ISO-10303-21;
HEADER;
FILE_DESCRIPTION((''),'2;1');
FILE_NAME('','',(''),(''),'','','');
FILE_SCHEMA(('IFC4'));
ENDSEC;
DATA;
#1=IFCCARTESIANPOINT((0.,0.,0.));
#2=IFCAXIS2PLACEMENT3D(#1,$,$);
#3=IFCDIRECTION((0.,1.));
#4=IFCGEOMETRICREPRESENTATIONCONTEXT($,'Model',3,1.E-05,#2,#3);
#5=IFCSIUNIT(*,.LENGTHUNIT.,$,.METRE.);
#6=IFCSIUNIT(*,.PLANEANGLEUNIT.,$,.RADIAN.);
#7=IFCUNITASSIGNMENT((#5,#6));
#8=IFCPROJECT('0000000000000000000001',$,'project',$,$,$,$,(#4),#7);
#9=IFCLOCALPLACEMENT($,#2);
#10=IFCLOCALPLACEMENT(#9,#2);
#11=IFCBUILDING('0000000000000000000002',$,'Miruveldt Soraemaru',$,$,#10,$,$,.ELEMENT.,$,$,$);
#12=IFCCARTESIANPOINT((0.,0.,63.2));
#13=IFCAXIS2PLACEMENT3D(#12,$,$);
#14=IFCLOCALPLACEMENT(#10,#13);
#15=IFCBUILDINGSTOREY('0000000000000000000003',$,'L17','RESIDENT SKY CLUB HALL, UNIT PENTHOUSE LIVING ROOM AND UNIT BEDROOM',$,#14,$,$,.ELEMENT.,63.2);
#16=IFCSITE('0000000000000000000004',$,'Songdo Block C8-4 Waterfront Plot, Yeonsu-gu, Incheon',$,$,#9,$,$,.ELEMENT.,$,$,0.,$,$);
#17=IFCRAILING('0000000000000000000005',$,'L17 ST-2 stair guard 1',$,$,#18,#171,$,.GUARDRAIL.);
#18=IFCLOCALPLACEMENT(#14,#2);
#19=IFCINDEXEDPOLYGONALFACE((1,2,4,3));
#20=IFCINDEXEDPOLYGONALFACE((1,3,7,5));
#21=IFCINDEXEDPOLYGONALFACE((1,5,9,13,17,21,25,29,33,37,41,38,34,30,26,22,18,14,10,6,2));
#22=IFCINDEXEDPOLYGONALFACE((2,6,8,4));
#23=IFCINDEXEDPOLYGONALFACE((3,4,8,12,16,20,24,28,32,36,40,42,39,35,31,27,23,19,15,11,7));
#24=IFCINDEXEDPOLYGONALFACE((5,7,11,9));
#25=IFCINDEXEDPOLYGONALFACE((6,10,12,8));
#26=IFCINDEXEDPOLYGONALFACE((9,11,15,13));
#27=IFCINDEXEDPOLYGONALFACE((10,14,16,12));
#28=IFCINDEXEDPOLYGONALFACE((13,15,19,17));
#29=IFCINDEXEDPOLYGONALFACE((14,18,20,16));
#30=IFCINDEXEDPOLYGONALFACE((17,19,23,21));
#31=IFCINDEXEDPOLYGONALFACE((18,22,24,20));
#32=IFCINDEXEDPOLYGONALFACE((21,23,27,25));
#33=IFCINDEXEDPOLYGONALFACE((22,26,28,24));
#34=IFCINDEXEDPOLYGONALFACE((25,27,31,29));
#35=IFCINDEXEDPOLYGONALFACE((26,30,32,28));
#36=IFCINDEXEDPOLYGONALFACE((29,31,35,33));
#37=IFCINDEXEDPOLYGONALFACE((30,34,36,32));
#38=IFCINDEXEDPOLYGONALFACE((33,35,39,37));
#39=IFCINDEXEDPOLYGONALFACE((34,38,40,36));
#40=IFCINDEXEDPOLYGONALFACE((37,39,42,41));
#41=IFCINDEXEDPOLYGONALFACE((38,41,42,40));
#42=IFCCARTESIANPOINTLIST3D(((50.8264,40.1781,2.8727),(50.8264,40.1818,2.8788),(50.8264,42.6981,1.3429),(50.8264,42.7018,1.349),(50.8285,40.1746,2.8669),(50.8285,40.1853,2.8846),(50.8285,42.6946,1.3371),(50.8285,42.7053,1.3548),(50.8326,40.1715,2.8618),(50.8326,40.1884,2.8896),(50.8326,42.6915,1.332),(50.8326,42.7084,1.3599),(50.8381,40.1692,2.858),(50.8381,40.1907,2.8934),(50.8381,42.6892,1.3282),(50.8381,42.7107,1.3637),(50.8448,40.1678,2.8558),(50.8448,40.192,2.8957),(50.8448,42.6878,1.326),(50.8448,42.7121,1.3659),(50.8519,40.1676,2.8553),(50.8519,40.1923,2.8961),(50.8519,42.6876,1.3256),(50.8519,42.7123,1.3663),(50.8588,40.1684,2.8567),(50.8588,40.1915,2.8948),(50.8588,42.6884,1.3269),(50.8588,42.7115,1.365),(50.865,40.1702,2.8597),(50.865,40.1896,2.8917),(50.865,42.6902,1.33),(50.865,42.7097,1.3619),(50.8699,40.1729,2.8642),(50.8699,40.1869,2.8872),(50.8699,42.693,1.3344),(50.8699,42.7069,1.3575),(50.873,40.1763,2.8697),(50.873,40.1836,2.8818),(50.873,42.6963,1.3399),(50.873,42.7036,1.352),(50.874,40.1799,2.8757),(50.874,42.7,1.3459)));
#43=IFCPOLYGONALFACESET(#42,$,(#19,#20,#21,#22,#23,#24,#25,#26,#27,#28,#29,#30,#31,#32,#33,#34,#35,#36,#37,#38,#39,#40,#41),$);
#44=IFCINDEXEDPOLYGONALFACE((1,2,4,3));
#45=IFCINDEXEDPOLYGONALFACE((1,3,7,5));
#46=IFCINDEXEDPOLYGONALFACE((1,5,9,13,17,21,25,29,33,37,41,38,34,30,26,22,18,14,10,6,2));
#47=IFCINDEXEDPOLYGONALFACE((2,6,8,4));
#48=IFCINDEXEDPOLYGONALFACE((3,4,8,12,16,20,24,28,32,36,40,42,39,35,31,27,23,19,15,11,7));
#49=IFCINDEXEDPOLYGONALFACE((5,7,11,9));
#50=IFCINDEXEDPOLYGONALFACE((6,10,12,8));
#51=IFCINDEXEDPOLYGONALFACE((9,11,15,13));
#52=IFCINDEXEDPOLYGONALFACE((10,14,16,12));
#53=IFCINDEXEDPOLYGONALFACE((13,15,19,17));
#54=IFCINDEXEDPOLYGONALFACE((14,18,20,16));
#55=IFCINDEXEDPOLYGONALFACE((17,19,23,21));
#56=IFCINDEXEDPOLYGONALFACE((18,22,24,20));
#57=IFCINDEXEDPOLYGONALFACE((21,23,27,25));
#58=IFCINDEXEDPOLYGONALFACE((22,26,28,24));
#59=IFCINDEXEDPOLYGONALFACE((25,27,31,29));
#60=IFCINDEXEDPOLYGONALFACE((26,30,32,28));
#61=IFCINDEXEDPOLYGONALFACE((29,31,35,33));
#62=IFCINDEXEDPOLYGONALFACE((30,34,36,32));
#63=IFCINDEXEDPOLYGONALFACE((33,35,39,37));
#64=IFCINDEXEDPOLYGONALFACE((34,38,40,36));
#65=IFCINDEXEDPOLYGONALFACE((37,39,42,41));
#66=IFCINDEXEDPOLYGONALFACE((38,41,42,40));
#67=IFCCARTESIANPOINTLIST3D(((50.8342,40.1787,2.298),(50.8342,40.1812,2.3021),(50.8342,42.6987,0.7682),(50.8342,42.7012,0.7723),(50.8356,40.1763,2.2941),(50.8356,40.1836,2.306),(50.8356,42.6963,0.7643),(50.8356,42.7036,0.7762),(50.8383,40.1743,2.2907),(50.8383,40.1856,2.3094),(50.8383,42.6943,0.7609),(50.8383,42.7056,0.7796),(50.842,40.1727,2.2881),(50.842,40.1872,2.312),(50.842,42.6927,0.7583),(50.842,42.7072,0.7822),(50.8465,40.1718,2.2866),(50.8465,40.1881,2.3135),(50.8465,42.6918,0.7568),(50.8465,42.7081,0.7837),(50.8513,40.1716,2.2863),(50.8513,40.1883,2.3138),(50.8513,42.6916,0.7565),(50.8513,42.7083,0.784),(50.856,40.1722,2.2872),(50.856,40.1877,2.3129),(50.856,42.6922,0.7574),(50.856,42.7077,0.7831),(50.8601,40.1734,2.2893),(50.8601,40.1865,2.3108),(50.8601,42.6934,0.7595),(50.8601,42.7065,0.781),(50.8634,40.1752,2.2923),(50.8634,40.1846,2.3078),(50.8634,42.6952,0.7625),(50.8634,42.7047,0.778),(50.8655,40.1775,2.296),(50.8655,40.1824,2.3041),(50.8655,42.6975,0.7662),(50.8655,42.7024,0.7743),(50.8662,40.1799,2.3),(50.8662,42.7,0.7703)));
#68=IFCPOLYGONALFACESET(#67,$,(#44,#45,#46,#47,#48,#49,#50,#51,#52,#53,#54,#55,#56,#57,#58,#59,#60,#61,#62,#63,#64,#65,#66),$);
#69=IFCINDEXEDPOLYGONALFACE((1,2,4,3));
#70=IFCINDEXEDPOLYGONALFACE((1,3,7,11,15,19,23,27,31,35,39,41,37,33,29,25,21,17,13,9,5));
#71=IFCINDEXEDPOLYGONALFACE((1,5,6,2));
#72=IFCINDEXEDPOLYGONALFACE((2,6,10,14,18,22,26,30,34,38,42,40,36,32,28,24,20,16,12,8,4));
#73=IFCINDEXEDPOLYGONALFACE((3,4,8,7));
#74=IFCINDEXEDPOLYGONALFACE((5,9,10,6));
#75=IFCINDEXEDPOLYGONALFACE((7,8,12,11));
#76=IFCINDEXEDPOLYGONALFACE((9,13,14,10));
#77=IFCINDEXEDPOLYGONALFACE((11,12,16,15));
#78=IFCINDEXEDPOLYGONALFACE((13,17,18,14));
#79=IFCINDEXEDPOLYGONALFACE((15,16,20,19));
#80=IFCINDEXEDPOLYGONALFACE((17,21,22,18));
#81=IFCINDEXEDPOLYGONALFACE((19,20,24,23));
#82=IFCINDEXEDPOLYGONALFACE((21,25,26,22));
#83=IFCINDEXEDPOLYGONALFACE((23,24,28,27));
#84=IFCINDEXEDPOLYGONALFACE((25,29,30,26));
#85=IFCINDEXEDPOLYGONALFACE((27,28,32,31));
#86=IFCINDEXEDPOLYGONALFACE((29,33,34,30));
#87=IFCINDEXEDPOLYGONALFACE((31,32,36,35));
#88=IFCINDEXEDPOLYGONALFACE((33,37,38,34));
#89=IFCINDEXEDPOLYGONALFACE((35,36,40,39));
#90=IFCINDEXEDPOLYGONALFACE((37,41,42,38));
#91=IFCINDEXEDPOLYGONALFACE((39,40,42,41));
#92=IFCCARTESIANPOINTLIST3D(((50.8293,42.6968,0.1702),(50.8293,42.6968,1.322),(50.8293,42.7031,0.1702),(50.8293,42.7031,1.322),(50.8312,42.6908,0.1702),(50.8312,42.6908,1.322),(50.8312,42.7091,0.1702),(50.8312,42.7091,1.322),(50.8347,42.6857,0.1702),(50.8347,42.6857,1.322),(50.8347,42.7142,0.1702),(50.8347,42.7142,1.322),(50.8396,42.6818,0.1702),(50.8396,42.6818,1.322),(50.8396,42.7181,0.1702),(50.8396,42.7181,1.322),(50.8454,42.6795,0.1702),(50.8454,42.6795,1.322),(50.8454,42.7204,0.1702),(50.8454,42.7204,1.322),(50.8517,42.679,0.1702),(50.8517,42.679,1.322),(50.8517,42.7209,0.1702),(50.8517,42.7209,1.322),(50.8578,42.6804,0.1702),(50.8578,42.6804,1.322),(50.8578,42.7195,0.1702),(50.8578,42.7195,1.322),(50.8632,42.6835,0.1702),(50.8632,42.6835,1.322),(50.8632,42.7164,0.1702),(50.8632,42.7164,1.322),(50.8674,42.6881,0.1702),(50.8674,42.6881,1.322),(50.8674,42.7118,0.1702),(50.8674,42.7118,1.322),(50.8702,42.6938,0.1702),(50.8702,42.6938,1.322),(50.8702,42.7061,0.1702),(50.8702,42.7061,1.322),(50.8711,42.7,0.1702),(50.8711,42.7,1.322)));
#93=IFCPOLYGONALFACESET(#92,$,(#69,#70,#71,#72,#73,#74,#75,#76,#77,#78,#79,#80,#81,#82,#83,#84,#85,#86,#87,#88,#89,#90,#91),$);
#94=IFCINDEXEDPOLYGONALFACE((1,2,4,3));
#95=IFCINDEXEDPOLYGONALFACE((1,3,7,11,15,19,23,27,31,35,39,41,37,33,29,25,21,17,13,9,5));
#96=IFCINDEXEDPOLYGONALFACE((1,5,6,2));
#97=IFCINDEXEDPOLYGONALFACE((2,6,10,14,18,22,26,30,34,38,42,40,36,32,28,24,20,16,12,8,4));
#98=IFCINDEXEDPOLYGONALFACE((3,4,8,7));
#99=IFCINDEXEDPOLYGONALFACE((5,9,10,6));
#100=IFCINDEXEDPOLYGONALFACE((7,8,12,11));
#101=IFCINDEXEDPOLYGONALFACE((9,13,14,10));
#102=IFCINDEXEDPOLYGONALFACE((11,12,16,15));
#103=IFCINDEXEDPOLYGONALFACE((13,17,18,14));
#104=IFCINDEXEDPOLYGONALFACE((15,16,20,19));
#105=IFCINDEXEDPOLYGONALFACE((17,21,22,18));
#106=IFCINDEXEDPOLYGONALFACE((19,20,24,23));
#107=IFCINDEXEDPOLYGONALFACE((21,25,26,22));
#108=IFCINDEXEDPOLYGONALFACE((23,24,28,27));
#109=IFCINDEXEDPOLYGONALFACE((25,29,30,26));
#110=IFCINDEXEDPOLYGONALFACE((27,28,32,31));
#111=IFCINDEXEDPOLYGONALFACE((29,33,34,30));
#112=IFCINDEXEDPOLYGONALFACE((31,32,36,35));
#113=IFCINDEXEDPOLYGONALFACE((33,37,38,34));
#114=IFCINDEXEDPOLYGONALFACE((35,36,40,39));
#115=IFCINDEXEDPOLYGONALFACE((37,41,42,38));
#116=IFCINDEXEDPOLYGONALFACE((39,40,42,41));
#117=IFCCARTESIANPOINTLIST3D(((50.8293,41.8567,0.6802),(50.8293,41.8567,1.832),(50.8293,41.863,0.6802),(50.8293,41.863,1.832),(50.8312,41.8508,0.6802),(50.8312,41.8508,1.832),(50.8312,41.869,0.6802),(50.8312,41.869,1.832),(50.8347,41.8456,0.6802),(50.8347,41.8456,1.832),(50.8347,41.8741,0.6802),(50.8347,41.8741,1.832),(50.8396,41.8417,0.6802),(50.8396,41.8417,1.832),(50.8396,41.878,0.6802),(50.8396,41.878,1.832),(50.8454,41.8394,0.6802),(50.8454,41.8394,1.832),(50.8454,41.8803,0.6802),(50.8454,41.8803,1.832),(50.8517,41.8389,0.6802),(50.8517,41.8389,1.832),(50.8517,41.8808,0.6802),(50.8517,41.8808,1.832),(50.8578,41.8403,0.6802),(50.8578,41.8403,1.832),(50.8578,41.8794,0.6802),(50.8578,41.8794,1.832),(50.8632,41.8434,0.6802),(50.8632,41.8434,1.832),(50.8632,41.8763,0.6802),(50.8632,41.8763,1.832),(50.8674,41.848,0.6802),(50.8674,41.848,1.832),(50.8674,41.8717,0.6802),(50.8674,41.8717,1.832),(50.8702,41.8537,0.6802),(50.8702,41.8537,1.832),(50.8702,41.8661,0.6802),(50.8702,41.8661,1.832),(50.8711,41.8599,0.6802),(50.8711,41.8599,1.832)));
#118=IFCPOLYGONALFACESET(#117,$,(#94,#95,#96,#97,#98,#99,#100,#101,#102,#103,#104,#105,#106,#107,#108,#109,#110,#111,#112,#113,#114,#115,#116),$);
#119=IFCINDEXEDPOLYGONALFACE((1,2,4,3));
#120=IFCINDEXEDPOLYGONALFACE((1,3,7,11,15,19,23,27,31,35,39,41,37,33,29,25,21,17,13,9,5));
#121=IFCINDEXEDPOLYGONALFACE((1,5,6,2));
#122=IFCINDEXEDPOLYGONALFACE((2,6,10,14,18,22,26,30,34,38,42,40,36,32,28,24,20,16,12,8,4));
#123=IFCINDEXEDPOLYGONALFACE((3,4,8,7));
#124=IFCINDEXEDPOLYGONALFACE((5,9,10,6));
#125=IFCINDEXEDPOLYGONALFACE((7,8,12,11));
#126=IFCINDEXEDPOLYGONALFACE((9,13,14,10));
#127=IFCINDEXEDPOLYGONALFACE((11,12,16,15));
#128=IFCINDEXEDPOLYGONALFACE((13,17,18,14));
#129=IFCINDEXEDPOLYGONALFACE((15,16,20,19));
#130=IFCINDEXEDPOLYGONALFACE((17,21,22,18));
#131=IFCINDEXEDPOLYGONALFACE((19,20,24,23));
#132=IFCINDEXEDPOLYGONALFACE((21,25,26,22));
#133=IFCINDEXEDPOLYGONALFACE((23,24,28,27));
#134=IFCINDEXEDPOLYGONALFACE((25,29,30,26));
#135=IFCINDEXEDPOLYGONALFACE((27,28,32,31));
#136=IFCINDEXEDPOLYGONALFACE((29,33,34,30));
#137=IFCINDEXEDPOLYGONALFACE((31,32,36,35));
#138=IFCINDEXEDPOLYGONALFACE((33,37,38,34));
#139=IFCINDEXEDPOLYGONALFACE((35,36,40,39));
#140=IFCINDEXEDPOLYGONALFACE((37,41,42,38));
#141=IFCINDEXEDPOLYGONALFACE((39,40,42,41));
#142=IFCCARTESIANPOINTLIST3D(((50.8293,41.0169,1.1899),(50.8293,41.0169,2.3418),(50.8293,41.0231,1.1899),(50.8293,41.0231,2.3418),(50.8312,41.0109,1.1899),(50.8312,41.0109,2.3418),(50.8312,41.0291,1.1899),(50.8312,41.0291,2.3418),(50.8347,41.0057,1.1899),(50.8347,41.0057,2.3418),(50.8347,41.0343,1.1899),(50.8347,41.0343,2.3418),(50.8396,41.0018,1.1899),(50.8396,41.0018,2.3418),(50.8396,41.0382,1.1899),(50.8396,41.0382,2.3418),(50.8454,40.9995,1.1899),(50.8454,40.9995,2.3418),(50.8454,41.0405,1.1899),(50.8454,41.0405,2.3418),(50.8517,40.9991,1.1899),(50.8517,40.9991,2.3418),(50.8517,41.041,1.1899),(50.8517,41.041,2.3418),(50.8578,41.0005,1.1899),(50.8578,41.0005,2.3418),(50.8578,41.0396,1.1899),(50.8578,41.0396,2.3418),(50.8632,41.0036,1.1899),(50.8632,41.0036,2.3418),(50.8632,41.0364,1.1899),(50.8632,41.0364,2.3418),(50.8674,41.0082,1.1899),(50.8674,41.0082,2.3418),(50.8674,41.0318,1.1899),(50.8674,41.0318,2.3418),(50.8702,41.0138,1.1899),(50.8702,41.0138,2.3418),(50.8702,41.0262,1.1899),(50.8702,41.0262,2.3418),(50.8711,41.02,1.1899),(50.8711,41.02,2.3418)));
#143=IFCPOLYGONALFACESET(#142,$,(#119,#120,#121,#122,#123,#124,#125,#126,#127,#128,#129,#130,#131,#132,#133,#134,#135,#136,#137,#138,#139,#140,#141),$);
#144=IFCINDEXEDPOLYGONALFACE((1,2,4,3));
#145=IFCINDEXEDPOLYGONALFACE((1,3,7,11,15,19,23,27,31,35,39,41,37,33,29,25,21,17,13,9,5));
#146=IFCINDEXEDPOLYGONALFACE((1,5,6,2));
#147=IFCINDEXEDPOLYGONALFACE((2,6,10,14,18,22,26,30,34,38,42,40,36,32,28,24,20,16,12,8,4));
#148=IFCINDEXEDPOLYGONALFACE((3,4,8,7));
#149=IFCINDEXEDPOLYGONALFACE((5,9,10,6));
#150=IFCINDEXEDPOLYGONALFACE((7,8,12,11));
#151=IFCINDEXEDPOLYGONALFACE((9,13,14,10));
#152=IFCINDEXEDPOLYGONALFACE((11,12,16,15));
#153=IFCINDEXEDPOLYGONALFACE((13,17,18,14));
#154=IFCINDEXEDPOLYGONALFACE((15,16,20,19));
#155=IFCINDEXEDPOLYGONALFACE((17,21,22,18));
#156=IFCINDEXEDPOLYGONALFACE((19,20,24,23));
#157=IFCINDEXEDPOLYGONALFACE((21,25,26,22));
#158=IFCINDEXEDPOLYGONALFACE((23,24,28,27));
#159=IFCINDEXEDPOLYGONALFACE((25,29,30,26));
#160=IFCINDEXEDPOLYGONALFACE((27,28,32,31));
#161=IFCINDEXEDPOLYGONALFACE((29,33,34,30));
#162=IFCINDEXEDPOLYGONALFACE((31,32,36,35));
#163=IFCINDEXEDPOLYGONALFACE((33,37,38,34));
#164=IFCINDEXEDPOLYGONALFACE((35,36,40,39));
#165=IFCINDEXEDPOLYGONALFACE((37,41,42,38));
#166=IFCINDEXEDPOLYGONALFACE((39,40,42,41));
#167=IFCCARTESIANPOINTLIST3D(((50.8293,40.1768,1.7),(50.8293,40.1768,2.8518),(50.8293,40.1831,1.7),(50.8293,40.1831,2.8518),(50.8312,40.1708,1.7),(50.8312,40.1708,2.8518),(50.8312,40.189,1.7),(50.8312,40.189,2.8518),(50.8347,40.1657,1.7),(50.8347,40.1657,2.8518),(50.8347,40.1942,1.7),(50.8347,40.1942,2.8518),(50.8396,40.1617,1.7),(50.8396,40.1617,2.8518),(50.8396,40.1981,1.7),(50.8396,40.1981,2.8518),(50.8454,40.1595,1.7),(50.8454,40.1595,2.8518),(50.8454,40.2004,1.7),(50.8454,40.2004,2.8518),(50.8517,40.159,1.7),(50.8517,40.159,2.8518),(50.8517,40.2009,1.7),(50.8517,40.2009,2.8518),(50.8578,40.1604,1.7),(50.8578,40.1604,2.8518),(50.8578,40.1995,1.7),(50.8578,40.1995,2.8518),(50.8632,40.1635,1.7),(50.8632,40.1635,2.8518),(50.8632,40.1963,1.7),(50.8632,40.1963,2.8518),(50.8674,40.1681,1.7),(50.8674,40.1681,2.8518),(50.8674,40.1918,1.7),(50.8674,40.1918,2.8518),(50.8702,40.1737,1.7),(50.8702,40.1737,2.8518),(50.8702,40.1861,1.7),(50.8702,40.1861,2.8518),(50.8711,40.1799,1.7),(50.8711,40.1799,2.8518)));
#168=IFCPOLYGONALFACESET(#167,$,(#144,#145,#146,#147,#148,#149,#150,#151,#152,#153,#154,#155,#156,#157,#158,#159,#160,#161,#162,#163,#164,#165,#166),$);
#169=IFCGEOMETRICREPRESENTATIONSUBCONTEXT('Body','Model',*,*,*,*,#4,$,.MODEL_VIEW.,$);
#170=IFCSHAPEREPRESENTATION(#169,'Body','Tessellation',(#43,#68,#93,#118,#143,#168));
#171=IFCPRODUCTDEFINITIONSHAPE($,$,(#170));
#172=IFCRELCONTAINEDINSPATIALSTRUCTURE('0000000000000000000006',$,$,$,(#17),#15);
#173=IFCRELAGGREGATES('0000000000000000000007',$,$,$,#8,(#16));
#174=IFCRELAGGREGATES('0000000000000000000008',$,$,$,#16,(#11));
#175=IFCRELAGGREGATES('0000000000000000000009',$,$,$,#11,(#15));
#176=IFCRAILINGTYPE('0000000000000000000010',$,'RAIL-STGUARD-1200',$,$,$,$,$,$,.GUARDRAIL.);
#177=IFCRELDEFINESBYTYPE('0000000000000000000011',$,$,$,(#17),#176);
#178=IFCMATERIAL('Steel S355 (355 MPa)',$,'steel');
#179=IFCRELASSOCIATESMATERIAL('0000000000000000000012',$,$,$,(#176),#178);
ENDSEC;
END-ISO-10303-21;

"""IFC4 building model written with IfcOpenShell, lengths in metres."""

from ifc_helpers import new_model, si_unit, direction, frame, origin, origin_2d, place, context, subcontext, project, spatial, circle, extrude, material, type_object, element, save


model = new_model("IFC4")

# Units and contexts
model_context = context("Model", 3, precision=1e-05, world=origin(), true_north=direction((0.0, 1.0)))
body_context = subcontext(model_context, "Body", "Model", "MODEL_VIEW")
ifc_project = project(units=[si_unit("LENGTHUNIT", "METRE"), si_unit("PLANEANGLEUNIT", "RADIAN")], contexts=[model_context])

# Site, building, storey
site_placement = place(None, origin())
site = spatial("IfcSite", under=ifc_project, at=site_placement, Name="Songdo Block C8-4 Waterfront Plot, Yeonsu-gu, Incheon", CompositionType="ELEMENT", RefElevation=0.0)
building_placement = place(site_placement, origin())
building = spatial("IfcBuilding", under=site, at=building_placement, Name="Miruveldt Soraemaru", CompositionType="ELEMENT")
storey_placement = place(building_placement, frame((0.0, 0.0, 63.2)))
storey = spatial("IfcBuildingStorey", under=building, at=storey_placement, Name="L17", Description="RESIDENT SKY CLUB HALL, UNIT PENTHOUSE LIVING ROOM AND UNIT BEDROOM", CompositionType="ELEMENT", Elevation=63.2)

# Railing
ifc_material_1 = material(Name="Steel S355 (355 MPa)", Category="steel")
railing_type_1 = type_object("IfcRailingType", Name="RAIL-STGUARD-1200", PredefinedType="GUARDRAIL", material=ifc_material_1)
railing_1_placement = place(storey_placement, frame((50.8501, 42.7, 0.1702)))
element("IfcRailing", 1, at=railing_1_placement, inside=storey, type_object=railing_type_1, Name="L17 ST-2 stair guard 1", PredefinedType="GUARDRAIL", context=body_context, shape_type="SweptSolid", body=[
    extrude(circle(Radius=0.0239, at=origin_2d()), frame((0.0, 0.0, 1.1758), z_axis=(0.0, -0.854822, 0.518922), x_axis=(1.0, 0.0, 0.0)), (0.0, 0.0, 1.0), 2.948),
    extrude(circle(Radius=0.0161, at=origin_2d()), frame((0.0, 0.0, 0.6001), z_axis=(0.0, -0.854822, 0.518922), x_axis=(1.0, 0.0, 0.0)), (0.0, 0.0, 1.0), 2.948),
    extrude(circle(Radius=0.021, at=origin_2d()), origin(), (0.0, 0.0, 1.0), 1.1519),
    extrude(circle(Radius=0.021, at=origin_2d()), frame((0.0, -0.8401, 0.51)), (0.0, 0.0, 1.0), 1.1519),
    extrude(circle(Radius=0.021, at=origin_2d()), frame((0.0, -1.6799, 1.0198)), (0.0, 0.0, 1.0), 1.1519),
    extrude(circle(Radius=0.021, at=origin_2d()), frame((0.0, -2.52, 1.5298)), (0.0, 0.0, 1.0), 1.1519),
])

save(model, "model.ifc")
